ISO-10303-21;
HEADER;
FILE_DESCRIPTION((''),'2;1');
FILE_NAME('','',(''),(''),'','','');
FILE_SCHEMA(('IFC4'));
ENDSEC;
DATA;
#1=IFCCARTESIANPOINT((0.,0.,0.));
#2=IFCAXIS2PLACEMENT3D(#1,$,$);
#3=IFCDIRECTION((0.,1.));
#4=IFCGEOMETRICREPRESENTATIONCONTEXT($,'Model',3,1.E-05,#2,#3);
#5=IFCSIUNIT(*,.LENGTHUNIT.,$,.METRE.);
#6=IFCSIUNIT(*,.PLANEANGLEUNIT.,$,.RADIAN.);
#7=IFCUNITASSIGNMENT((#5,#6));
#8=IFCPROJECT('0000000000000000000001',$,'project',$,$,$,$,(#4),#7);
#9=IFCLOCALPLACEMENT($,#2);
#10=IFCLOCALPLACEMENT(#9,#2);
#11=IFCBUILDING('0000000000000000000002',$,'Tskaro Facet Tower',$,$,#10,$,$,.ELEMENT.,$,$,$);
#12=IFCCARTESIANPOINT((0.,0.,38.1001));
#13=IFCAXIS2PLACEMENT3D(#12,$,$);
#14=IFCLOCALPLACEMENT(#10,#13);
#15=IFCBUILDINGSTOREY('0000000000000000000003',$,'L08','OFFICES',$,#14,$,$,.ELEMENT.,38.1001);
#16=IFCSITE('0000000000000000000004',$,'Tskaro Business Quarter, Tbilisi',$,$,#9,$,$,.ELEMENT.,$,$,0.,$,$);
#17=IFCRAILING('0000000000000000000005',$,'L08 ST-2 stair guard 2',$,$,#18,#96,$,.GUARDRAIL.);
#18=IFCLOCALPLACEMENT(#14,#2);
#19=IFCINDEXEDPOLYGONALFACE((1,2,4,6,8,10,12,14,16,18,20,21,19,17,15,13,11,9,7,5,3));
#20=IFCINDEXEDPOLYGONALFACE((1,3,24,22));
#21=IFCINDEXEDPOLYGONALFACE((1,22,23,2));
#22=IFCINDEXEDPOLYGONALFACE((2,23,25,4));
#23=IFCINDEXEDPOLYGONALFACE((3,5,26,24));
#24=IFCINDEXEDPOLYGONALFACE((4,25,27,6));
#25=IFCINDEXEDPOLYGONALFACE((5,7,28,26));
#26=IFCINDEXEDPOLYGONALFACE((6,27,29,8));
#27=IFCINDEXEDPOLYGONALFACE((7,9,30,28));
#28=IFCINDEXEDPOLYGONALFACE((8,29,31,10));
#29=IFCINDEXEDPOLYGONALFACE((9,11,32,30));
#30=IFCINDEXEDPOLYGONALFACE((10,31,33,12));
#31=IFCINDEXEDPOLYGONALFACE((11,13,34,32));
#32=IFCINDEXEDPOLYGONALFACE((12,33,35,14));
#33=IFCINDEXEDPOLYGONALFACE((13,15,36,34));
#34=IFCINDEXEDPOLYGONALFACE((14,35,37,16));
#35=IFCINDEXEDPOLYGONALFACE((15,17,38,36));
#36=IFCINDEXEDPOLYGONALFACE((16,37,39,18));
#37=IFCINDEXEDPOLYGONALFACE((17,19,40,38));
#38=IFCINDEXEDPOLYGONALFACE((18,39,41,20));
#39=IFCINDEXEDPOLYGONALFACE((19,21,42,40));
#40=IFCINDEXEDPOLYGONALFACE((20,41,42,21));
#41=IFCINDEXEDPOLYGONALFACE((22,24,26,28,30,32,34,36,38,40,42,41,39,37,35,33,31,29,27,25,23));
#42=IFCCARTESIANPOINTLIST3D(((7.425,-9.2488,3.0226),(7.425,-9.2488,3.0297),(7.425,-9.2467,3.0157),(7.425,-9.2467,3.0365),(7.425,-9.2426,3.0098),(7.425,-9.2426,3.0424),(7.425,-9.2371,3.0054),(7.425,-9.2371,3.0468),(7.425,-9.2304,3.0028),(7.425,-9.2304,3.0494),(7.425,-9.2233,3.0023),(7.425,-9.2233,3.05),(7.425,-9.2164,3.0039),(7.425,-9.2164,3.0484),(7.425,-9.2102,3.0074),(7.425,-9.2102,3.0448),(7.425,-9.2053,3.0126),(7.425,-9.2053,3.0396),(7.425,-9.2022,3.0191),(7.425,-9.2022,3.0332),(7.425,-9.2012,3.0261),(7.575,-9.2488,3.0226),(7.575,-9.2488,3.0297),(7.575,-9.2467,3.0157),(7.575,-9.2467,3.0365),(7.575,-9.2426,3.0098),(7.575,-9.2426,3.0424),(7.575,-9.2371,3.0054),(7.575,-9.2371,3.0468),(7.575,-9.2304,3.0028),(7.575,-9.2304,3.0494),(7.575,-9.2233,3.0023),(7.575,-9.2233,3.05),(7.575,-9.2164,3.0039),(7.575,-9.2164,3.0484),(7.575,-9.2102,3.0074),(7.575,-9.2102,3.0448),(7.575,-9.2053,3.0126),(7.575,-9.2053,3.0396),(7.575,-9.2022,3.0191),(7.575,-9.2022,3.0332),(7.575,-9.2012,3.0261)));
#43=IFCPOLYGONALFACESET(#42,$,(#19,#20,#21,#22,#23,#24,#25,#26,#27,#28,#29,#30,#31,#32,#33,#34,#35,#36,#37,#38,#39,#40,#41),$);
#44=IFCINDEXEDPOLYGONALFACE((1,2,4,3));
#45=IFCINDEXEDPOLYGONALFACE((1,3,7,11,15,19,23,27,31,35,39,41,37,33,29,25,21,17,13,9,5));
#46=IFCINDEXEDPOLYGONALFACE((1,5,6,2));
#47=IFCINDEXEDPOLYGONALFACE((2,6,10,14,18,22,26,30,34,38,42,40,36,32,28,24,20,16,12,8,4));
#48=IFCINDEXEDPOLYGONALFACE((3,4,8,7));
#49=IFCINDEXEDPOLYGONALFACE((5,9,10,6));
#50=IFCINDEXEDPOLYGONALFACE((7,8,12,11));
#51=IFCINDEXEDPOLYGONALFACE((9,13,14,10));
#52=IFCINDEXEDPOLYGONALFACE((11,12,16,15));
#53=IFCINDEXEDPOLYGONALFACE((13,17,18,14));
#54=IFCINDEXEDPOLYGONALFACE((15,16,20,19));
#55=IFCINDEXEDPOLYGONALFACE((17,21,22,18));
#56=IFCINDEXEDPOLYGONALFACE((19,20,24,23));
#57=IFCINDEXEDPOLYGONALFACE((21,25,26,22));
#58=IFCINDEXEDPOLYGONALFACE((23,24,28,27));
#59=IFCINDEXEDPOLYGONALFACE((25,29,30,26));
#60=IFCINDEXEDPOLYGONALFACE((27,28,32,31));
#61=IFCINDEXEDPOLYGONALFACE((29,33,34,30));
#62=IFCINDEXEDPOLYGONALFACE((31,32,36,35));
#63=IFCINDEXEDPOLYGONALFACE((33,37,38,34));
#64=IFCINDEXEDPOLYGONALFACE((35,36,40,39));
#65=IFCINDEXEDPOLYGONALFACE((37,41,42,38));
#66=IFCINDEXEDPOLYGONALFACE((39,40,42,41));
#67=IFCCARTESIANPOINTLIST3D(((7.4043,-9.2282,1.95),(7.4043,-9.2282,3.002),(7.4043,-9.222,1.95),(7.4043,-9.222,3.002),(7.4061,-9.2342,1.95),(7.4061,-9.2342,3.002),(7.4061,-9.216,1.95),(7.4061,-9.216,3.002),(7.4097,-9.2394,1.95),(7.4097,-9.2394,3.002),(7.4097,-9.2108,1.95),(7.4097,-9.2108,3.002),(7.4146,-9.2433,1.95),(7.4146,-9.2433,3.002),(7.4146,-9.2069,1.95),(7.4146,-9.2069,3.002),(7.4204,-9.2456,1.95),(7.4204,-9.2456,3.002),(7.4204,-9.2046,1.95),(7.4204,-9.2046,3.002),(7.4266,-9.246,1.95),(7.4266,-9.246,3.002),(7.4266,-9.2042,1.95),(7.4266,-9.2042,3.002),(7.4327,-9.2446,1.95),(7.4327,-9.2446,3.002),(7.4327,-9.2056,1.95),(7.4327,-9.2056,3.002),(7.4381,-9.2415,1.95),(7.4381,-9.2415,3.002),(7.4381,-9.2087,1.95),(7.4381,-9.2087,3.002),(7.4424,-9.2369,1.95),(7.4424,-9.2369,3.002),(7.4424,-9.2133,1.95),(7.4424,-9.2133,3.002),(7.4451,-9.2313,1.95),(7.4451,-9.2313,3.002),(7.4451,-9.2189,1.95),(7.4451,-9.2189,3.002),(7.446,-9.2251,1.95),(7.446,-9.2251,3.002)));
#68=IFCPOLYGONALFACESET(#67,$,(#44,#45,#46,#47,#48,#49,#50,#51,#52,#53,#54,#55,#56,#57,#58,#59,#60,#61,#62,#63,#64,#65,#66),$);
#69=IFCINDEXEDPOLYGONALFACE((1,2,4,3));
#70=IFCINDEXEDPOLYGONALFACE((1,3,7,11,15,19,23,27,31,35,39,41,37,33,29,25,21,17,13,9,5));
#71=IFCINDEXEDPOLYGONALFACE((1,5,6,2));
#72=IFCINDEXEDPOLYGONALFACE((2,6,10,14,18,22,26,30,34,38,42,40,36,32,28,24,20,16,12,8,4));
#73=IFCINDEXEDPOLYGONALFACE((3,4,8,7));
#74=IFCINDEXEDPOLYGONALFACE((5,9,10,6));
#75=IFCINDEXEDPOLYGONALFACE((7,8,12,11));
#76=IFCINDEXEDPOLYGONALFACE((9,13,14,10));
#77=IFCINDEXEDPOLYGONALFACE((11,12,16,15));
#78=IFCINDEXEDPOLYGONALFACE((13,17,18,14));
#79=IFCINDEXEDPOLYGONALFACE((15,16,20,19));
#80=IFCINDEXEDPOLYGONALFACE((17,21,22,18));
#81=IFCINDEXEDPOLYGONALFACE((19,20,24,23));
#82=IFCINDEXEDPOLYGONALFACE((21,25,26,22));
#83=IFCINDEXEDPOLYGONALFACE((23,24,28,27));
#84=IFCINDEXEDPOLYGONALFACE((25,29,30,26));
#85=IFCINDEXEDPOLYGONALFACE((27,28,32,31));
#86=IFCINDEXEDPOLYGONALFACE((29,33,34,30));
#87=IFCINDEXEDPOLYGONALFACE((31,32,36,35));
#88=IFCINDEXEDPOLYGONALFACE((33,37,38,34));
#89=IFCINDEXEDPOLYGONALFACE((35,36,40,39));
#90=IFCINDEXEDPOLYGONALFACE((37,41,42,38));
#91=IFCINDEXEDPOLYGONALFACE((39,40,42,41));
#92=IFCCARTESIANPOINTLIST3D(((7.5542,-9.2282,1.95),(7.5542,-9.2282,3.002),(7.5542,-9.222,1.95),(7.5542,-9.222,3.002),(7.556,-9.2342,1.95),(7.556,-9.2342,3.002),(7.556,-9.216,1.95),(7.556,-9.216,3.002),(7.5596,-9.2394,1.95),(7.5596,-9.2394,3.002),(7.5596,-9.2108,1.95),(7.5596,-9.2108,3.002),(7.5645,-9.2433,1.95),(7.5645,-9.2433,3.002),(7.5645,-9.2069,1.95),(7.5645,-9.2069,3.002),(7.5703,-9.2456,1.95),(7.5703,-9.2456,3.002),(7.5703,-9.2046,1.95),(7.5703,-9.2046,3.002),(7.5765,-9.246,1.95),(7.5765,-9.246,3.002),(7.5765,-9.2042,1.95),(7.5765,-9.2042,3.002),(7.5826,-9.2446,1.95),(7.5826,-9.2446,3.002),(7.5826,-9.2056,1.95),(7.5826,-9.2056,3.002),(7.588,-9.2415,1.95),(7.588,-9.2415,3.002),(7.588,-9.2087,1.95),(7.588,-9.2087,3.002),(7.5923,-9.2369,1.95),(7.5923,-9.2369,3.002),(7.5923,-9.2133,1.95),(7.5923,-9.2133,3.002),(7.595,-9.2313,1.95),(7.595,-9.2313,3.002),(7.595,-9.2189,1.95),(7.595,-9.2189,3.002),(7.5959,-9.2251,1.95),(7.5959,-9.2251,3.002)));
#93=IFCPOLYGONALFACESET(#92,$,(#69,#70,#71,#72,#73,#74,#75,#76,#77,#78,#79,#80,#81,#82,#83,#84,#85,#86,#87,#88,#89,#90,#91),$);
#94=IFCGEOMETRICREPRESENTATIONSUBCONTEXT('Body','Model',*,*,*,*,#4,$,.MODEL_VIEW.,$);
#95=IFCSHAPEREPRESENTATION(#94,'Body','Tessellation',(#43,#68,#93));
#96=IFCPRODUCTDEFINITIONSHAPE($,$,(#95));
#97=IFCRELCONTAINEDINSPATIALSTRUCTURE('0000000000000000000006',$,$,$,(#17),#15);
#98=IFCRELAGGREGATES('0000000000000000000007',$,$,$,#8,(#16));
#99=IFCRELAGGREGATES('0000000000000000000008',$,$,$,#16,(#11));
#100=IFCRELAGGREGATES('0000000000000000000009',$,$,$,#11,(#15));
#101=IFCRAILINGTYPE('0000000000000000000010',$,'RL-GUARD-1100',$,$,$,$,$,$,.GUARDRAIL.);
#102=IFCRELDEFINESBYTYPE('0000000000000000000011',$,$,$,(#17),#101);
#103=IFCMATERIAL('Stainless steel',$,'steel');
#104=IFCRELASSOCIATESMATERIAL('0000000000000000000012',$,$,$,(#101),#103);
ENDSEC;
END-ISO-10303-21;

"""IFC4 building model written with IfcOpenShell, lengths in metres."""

from ifc_helpers import new_model, si_unit, direction, frame, origin, origin_2d, place, context, subcontext, project, spatial, circle, extrude, material, type_object, element, save


model = new_model("IFC4")

# Units and contexts
model_context = context("Model", 3, precision=1e-05, world=origin(), true_north=direction((0.0, 1.0)))
body_context = subcontext(model_context, "Body", "Model", "MODEL_VIEW")
ifc_project = project(units=[si_unit("LENGTHUNIT", "METRE"), si_unit("PLANEANGLEUNIT", "RADIAN")], contexts=[model_context])

# Site, building, storey
site_placement = place(None, origin())
site = spatial("IfcSite", under=ifc_project, at=site_placement, Name="Tskaro Business Quarter, Tbilisi", CompositionType="ELEMENT", RefElevation=0.0)
building_placement = place(site_placement, origin())
building = spatial("IfcBuilding", under=site, at=building_placement, Name="Tskaro Facet Tower", CompositionType="ELEMENT")
storey_placement = place(building_placement, frame((0.0, 0.0, 38.1001)))
storey = spatial("IfcBuildingStorey", under=building, at=storey_placement, Name="L08", Description="OFFICES", CompositionType="ELEMENT", Elevation=38.1001)

# Railing
ifc_material_1 = material(Name="Stainless steel", Category="steel")
railing_type_1 = type_object("IfcRailingType", Name="RL-GUARD-1100", PredefinedType="GUARDRAIL", material=ifc_material_1)
railing_1_placement = place(storey_placement, frame((7.425, -9.2251, 1.95)))
element("IfcRailing", 1, at=railing_1_placement, inside=storey, type_object=railing_type_1, Name="L08 ST-2 stair guard 2", PredefinedType="GUARDRAIL", context=body_context, shape_type="SweptSolid", body=[
    extrude(circle(Radius=0.0239, at=origin_2d()), frame((0.0, 0.0, 1.0762), z_axis=(1.0, 0.0, 0.0), x_axis=(0.0, 1.0, 0.0)), (0.0, 0.0, 1.0), 0.1499),
    extrude(circle(Radius=0.021, at=origin_2d()), origin(), (0.0, 0.0, 1.0), 1.052),
    extrude(circle(Radius=0.021, at=origin_2d()), frame((0.1499, 0.0, 0.0)), (0.0, 0.0, 1.0), 1.052),
])

save(model, "model.ifc")
